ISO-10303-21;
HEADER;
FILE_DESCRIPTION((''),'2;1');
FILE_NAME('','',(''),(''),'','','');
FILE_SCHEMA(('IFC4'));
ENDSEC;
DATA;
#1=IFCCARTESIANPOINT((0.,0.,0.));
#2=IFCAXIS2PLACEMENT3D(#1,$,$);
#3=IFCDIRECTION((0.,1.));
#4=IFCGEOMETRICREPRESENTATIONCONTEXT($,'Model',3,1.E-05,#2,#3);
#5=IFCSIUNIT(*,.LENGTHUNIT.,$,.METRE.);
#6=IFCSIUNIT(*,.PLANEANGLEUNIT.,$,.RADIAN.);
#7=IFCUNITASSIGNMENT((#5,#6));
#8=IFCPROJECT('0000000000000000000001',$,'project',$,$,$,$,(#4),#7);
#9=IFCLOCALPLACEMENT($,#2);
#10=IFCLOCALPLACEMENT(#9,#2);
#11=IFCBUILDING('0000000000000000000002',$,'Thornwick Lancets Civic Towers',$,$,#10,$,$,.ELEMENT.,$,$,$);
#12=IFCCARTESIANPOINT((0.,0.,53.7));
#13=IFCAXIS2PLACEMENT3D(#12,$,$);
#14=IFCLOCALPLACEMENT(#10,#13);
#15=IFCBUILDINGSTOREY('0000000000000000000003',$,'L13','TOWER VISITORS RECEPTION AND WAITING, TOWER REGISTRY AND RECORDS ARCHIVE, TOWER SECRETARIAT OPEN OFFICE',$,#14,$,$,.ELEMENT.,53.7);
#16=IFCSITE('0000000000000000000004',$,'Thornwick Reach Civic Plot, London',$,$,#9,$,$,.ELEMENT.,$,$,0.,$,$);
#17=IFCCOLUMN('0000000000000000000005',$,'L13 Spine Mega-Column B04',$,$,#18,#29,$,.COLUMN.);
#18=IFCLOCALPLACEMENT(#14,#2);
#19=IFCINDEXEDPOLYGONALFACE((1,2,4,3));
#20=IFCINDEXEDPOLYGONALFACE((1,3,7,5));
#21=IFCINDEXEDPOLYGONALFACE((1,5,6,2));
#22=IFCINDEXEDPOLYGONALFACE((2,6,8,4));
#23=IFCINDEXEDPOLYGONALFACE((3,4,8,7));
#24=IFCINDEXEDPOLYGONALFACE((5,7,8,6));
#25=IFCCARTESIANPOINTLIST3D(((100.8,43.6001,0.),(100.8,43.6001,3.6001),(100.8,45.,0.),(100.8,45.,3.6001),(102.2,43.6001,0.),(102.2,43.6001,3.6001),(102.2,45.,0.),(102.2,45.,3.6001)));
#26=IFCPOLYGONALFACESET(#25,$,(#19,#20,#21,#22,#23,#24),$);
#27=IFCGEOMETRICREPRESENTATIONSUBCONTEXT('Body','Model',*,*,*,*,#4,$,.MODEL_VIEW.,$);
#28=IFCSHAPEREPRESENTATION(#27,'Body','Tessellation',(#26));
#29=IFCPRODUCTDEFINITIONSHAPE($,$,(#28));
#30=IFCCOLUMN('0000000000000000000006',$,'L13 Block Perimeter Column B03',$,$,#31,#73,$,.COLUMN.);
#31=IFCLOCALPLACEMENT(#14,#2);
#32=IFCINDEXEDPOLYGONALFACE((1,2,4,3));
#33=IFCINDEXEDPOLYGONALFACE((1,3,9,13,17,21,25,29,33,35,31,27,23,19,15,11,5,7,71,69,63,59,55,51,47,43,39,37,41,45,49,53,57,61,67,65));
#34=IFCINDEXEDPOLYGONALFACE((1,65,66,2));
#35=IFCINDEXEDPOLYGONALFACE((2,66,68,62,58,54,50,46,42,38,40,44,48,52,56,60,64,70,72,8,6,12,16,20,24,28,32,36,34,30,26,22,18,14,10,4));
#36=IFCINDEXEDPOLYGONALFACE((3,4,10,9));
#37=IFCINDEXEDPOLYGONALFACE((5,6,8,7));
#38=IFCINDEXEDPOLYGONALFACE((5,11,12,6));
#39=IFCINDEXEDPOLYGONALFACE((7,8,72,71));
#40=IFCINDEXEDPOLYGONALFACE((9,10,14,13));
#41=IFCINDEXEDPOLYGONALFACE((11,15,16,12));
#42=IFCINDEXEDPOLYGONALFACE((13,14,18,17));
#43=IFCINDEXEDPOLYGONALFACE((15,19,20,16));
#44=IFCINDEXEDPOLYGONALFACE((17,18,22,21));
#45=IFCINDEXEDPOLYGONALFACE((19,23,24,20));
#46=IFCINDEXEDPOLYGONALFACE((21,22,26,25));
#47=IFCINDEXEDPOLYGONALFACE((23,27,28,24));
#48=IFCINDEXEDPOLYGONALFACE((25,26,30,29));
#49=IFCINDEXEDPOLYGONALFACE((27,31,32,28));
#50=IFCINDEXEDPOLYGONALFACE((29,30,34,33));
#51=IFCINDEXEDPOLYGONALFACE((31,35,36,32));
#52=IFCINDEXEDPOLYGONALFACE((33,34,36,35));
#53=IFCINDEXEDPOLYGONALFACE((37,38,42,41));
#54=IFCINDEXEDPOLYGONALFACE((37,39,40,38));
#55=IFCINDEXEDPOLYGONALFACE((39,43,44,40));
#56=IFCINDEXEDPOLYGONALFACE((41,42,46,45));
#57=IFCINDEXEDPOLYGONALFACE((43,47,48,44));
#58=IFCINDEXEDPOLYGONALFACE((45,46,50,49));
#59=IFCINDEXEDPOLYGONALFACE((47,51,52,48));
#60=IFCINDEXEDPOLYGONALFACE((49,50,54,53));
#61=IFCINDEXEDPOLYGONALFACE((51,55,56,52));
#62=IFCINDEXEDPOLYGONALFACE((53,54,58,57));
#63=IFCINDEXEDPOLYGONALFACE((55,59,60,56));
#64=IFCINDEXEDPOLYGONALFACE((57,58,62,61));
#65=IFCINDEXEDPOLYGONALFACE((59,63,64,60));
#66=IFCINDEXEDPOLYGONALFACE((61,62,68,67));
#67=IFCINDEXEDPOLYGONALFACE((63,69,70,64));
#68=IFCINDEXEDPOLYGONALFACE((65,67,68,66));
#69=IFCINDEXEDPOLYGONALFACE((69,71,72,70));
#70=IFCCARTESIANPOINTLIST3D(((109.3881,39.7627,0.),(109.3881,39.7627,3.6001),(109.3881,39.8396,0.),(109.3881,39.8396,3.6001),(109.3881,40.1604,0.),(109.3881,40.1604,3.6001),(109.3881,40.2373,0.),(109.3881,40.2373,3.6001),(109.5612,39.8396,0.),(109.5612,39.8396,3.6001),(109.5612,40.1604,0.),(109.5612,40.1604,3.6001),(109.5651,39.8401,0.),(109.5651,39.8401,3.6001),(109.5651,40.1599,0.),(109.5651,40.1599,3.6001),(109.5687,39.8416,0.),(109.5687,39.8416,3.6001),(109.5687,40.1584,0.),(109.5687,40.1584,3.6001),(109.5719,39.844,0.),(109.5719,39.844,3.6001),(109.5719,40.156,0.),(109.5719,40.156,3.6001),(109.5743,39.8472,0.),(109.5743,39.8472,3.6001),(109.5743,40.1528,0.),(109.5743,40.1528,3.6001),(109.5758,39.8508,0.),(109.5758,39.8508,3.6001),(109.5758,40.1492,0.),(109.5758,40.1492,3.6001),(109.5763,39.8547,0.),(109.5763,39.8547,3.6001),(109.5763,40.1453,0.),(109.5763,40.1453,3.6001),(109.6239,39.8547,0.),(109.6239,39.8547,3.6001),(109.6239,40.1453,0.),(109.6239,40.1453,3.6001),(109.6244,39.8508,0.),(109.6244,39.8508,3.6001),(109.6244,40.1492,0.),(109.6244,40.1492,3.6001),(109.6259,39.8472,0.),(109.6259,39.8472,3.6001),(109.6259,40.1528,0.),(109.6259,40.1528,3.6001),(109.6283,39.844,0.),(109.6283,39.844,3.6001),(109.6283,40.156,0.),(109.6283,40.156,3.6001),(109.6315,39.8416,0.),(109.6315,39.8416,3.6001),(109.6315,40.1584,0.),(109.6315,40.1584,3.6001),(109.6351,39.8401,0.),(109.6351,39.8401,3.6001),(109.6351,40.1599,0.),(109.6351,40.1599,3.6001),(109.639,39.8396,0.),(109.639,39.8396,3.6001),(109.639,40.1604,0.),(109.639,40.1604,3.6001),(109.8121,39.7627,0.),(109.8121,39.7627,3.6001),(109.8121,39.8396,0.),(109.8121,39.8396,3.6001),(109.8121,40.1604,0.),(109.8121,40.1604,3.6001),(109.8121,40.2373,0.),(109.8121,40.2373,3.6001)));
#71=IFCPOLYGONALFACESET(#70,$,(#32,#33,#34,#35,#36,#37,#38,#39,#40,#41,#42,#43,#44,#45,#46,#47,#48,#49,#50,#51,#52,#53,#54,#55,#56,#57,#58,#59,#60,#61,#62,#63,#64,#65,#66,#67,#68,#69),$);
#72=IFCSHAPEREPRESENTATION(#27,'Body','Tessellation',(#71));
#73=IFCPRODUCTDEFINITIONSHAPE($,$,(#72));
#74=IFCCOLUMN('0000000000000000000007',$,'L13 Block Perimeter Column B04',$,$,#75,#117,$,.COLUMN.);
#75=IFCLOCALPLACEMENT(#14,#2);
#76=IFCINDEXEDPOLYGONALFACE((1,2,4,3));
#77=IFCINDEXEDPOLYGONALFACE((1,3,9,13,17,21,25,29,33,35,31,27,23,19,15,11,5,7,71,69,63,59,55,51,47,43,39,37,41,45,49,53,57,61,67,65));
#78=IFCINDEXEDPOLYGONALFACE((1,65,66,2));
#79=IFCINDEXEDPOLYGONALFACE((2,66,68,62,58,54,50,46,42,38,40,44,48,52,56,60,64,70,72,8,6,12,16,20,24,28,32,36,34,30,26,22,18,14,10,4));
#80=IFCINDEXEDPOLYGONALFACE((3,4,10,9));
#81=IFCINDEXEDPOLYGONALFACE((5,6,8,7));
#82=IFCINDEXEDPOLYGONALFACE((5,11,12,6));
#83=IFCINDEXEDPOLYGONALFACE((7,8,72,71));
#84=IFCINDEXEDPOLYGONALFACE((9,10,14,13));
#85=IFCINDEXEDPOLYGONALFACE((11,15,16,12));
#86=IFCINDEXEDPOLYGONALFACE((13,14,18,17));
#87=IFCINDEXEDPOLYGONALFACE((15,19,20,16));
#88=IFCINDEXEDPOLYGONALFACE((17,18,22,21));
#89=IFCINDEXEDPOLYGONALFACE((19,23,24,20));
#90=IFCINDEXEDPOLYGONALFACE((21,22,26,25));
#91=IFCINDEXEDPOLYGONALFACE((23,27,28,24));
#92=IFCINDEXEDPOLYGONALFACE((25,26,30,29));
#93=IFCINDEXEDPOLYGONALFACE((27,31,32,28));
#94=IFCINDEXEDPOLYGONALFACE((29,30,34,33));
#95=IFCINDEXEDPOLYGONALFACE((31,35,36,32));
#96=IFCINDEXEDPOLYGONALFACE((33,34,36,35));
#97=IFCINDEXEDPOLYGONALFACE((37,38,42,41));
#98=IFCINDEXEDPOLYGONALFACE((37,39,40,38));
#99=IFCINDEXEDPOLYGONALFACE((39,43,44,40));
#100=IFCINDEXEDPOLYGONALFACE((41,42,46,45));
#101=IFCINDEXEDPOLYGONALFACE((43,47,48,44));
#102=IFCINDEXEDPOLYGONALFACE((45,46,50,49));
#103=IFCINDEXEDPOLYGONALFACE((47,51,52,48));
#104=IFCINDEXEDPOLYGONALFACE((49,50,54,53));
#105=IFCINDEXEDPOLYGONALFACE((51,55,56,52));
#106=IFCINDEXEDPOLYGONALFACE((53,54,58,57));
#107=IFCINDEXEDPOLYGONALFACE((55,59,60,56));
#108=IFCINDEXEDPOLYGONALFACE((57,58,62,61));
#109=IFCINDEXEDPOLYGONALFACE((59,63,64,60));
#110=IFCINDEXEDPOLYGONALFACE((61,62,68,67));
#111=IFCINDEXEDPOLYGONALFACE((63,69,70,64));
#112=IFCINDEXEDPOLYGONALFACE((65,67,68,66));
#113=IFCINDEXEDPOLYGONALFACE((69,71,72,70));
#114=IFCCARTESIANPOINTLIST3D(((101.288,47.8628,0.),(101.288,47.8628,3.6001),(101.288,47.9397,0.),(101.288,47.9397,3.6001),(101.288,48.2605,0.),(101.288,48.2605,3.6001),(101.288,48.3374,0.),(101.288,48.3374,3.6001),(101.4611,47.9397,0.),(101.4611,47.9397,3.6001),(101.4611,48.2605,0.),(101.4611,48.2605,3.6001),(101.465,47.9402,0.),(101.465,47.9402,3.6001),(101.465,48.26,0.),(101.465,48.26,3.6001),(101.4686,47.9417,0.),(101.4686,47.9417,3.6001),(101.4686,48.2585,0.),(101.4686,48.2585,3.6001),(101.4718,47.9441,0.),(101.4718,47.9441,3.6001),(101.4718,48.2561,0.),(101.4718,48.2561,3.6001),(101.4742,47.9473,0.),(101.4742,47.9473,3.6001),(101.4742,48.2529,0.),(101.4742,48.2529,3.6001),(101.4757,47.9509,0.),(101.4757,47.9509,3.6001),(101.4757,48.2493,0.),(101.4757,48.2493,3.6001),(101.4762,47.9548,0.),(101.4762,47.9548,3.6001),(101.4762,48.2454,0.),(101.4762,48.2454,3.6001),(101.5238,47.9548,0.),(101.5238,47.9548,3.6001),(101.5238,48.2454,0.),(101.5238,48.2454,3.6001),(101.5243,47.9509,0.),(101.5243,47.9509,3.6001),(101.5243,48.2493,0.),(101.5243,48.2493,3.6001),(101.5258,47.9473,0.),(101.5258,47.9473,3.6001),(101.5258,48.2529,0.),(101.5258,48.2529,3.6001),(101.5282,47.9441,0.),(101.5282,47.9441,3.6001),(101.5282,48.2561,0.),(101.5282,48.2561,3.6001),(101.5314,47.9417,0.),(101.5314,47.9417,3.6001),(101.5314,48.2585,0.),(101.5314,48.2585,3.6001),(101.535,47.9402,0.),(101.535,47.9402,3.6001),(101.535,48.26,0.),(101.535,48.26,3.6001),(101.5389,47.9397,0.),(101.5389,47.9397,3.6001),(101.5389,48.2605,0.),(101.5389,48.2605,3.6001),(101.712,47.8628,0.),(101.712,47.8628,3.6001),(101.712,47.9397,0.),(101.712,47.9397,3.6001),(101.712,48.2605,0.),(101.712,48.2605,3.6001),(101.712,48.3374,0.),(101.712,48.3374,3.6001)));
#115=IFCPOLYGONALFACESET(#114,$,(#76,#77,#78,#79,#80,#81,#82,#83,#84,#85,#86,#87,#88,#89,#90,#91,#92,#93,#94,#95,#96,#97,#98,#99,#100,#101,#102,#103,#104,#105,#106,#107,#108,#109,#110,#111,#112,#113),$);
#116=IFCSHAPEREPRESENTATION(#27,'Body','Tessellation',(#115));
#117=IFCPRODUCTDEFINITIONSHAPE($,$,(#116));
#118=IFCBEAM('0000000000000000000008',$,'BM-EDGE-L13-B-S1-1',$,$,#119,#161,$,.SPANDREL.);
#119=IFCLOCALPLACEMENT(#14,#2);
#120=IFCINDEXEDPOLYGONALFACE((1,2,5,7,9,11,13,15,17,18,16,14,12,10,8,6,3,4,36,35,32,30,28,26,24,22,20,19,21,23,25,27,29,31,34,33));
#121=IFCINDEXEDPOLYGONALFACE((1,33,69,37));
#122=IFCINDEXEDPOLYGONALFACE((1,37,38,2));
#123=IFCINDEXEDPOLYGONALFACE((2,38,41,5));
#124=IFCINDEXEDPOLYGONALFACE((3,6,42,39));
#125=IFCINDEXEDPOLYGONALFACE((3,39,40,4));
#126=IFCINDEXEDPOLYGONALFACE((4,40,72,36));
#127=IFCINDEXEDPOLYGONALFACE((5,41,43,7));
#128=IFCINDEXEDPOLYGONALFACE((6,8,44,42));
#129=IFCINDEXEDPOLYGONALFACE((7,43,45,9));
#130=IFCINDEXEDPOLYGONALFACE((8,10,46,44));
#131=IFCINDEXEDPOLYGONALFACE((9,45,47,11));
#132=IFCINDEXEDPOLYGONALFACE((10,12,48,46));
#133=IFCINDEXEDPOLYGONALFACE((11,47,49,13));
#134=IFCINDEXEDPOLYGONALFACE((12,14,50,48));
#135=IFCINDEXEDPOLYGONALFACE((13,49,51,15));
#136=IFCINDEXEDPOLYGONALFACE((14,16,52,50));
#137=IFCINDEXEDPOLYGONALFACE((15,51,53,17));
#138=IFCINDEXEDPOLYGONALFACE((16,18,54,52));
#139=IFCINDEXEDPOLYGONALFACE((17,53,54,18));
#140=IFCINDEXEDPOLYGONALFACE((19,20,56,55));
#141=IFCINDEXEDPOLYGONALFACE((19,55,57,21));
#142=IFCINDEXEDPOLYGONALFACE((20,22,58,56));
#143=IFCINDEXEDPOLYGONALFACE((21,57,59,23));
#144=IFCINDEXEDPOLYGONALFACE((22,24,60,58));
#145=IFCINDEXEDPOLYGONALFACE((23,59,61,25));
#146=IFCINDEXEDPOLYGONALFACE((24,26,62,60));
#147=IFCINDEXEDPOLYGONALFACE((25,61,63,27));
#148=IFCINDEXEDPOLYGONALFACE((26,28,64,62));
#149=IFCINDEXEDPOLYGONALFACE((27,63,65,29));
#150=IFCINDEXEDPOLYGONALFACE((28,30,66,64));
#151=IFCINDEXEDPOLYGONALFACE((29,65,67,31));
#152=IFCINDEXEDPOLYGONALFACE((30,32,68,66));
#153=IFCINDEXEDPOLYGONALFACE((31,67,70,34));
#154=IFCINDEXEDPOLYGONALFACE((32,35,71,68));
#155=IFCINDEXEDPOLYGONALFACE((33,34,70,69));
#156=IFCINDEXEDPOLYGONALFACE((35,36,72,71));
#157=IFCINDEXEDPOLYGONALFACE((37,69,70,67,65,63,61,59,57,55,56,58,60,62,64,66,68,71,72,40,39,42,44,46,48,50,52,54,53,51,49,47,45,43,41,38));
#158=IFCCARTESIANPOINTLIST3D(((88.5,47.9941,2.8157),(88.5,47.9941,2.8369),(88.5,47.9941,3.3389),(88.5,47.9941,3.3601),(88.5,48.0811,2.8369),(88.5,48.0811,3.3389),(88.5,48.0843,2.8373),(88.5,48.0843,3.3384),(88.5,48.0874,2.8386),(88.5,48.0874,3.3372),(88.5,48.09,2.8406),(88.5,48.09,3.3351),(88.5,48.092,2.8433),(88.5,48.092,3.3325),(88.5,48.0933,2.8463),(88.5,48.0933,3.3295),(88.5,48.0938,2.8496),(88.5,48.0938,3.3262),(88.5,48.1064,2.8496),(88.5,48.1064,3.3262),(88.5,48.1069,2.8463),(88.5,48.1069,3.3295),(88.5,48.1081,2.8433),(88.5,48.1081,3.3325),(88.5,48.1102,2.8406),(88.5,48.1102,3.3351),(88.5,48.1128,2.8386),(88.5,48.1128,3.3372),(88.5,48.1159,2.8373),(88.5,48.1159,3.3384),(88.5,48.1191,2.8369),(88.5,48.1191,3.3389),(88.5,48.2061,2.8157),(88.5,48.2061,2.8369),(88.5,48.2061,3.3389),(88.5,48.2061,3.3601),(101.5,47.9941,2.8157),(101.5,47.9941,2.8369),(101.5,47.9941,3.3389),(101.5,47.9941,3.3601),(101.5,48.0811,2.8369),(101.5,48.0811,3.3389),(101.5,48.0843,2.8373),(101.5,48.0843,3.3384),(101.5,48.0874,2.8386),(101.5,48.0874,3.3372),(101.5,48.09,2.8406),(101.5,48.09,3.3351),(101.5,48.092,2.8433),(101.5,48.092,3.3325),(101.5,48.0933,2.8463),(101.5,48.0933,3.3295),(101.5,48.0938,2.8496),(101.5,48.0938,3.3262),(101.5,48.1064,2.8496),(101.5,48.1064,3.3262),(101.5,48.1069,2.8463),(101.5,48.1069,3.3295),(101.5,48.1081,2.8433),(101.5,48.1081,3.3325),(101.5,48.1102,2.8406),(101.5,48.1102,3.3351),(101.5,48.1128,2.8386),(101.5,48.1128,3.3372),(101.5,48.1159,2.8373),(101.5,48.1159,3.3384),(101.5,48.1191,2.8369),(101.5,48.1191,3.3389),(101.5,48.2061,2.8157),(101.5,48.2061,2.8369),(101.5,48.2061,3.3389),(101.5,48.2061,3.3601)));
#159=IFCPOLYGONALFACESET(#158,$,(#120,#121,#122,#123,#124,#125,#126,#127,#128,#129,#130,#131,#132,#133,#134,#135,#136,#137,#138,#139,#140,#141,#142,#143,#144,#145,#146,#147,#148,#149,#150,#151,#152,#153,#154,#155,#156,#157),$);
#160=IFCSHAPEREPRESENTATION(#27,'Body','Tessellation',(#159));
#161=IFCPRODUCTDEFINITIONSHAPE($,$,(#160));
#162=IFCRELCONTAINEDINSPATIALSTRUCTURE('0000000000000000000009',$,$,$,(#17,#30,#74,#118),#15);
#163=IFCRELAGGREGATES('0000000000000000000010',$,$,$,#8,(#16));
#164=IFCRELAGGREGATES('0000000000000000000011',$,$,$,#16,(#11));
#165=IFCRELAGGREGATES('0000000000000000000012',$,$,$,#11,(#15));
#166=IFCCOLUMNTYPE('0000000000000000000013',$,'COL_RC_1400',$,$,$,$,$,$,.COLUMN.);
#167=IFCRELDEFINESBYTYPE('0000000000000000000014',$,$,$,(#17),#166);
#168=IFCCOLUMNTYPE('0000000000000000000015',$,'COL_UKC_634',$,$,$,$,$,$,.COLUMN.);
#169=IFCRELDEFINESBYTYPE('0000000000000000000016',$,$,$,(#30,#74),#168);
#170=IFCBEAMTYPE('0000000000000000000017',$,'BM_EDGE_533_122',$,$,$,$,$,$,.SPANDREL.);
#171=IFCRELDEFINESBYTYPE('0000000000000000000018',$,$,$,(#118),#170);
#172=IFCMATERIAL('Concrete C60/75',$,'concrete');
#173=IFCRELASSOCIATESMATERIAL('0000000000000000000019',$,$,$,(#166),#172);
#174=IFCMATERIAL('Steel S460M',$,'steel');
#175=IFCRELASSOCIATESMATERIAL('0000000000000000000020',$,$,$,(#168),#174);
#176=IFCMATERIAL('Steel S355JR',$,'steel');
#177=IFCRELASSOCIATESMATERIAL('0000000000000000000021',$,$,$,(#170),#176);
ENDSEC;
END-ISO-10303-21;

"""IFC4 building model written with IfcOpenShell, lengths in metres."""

from ifc_helpers import new_model, si_unit, direction, frame, origin, origin_2d, place, context, subcontext, project, spatial, rectangle, i_section, extrude, material, material_profile, profile_set, type_object, element, save


model = new_model("IFC4")

# Units and contexts
model_context = context("Model", 3, precision=1e-05, world=origin(), true_north=direction((0.0, 1.0)))
body_context = subcontext(model_context, "Body", "Model", "MODEL_VIEW")
ifc_project = project(units=[si_unit("LENGTHUNIT", "METRE"), si_unit("PLANEANGLEUNIT", "RADIAN")], contexts=[model_context])

# Site, building, storey
site_placement = place(None, origin())
site = spatial("IfcSite", under=ifc_project, at=site_placement, Name="Thornwick Reach Civic Plot, London", CompositionType="ELEMENT", RefElevation=0.0)
building_placement = place(site_placement, origin())
building = spatial("IfcBuilding", under=site, at=building_placement, Name="Thornwick Lancets Civic Towers", CompositionType="ELEMENT")
storey_placement = place(building_placement, frame((0.0, 0.0, 53.7)))
storey = spatial("IfcBuildingStorey", under=building, at=storey_placement, Name="L13", Description="TOWER VISITORS RECEPTION AND WAITING, TOWER REGISTRY AND RECORDS ARCHIVE, TOWER SECRETARIAT OPEN OFFICE", CompositionType="ELEMENT", Elevation=53.7)

# Columns
ifc_material_1 = material(Name="Concrete C60/75", Category="concrete")
ifc_material_profile_1 = material_profile(ifc_material_1, rectangle(XDim=1.3999, YDim=1.3999, at=origin_2d()), Name="RC 1400x1400")
ifc_profile_set_1 = profile_set([ifc_material_profile_1], Name="Concrete C60/75")
column_type_1 = type_object("IfcColumnType", Name="COL_RC_1400", PredefinedType="COLUMN", material=ifc_profile_set_1)
column_placement = place(storey_placement, frame((101.5, 44.3, 0.0), z_axis=(0.0, 0.0, 1.0), x_axis=(1.0, 0.0, 0.0)))
element("IfcColumn", 1, at=column_placement, inside=storey, type_object=column_type_1, Name="L13 Spine Mega-Column B04", PredefinedType="COLUMN", context=body_context, shape_type="SweptSolid", body=[
    extrude(rectangle(XDim=1.3999, YDim=1.3999, at=origin_2d()), origin(), (0.0, 0.0, 1.0), 3.6001),
])
ifc_material_2 = material(Name="Steel S460M", Category="steel")
ifc_material_profile_2 = material_profile(ifc_material_2, i_section(OverallWidth=0.4241, OverallDepth=0.4746, WebThickness=0.0476, FlangeThickness=0.0769, FilletRadius=0.0151, at=origin_2d()), Name="UKC 356x406x634")
ifc_profile_set_2 = profile_set([ifc_material_profile_2], Name="Steel S460M")
column_type_2 = type_object("IfcColumnType", Name="COL_UKC_634", PredefinedType="COLUMN", material=ifc_profile_set_2)
for number, where, z_axis, x_axis, name in (
    (2, (109.6001, 40.0, 0.0), (0.0, 0.0, 1.0), (1.0, 0.0, 0.0), "L13 Block Perimeter Column B03"),
    (3, (101.5, 48.1001, 0.0), (0.0, 0.0, 1.0), (1.0, 0.0, 0.0), "L13 Block Perimeter Column B04"),
):
    element("IfcColumn", number, at=place(storey_placement, frame(where, z_axis=z_axis, x_axis=x_axis)), inside=storey, type_object=column_type_2, Name=name, PredefinedType="COLUMN", context=body_context, shape_type="SweptSolid", body=[
        extrude(i_section(OverallWidth=0.4241, OverallDepth=0.4746, WebThickness=0.0476, FlangeThickness=0.0769, FilletRadius=0.0151, at=origin_2d()), origin(), (0.0, 0.0, 1.0), 3.6001),
    ])

# Beam
ifc_material_3 = material(Name="Steel S355JR", Category="steel")
ifc_material_profile_3 = material_profile(ifc_material_3, i_section(OverallWidth=0.2119, OverallDepth=0.5444, WebThickness=0.0127, FlangeThickness=0.0212, FilletRadius=0.0127, at=origin_2d()), Name="UKB 533x210x122")
ifc_profile_set_3 = profile_set([ifc_material_profile_3], Name="Steel S355JR")
beam_type_1 = type_object("IfcBeamType", Name="BM_EDGE_533_122", PredefinedType="SPANDREL", material=ifc_profile_set_3)
beam_1_placement = place(storey_placement, frame((101.5, 48.1001, 3.0879), z_axis=(-1.0, 0.0, 0.0), x_axis=(0.0, -1.0, 0.0)))
element("IfcBeam", 4, at=beam_1_placement, inside=storey, type_object=beam_type_1, Name="BM-EDGE-L13-B-S1-1", PredefinedType="SPANDREL", context=body_context, shape_type="SweptSolid", body=[
    extrude(i_section(OverallWidth=0.2119, OverallDepth=0.5444, WebThickness=0.0127, FlangeThickness=0.0212, FilletRadius=0.0127, at=origin_2d()), origin(), (0.0, 0.0, 1.0), 13.0),
])

save(model, "model.ifc")
